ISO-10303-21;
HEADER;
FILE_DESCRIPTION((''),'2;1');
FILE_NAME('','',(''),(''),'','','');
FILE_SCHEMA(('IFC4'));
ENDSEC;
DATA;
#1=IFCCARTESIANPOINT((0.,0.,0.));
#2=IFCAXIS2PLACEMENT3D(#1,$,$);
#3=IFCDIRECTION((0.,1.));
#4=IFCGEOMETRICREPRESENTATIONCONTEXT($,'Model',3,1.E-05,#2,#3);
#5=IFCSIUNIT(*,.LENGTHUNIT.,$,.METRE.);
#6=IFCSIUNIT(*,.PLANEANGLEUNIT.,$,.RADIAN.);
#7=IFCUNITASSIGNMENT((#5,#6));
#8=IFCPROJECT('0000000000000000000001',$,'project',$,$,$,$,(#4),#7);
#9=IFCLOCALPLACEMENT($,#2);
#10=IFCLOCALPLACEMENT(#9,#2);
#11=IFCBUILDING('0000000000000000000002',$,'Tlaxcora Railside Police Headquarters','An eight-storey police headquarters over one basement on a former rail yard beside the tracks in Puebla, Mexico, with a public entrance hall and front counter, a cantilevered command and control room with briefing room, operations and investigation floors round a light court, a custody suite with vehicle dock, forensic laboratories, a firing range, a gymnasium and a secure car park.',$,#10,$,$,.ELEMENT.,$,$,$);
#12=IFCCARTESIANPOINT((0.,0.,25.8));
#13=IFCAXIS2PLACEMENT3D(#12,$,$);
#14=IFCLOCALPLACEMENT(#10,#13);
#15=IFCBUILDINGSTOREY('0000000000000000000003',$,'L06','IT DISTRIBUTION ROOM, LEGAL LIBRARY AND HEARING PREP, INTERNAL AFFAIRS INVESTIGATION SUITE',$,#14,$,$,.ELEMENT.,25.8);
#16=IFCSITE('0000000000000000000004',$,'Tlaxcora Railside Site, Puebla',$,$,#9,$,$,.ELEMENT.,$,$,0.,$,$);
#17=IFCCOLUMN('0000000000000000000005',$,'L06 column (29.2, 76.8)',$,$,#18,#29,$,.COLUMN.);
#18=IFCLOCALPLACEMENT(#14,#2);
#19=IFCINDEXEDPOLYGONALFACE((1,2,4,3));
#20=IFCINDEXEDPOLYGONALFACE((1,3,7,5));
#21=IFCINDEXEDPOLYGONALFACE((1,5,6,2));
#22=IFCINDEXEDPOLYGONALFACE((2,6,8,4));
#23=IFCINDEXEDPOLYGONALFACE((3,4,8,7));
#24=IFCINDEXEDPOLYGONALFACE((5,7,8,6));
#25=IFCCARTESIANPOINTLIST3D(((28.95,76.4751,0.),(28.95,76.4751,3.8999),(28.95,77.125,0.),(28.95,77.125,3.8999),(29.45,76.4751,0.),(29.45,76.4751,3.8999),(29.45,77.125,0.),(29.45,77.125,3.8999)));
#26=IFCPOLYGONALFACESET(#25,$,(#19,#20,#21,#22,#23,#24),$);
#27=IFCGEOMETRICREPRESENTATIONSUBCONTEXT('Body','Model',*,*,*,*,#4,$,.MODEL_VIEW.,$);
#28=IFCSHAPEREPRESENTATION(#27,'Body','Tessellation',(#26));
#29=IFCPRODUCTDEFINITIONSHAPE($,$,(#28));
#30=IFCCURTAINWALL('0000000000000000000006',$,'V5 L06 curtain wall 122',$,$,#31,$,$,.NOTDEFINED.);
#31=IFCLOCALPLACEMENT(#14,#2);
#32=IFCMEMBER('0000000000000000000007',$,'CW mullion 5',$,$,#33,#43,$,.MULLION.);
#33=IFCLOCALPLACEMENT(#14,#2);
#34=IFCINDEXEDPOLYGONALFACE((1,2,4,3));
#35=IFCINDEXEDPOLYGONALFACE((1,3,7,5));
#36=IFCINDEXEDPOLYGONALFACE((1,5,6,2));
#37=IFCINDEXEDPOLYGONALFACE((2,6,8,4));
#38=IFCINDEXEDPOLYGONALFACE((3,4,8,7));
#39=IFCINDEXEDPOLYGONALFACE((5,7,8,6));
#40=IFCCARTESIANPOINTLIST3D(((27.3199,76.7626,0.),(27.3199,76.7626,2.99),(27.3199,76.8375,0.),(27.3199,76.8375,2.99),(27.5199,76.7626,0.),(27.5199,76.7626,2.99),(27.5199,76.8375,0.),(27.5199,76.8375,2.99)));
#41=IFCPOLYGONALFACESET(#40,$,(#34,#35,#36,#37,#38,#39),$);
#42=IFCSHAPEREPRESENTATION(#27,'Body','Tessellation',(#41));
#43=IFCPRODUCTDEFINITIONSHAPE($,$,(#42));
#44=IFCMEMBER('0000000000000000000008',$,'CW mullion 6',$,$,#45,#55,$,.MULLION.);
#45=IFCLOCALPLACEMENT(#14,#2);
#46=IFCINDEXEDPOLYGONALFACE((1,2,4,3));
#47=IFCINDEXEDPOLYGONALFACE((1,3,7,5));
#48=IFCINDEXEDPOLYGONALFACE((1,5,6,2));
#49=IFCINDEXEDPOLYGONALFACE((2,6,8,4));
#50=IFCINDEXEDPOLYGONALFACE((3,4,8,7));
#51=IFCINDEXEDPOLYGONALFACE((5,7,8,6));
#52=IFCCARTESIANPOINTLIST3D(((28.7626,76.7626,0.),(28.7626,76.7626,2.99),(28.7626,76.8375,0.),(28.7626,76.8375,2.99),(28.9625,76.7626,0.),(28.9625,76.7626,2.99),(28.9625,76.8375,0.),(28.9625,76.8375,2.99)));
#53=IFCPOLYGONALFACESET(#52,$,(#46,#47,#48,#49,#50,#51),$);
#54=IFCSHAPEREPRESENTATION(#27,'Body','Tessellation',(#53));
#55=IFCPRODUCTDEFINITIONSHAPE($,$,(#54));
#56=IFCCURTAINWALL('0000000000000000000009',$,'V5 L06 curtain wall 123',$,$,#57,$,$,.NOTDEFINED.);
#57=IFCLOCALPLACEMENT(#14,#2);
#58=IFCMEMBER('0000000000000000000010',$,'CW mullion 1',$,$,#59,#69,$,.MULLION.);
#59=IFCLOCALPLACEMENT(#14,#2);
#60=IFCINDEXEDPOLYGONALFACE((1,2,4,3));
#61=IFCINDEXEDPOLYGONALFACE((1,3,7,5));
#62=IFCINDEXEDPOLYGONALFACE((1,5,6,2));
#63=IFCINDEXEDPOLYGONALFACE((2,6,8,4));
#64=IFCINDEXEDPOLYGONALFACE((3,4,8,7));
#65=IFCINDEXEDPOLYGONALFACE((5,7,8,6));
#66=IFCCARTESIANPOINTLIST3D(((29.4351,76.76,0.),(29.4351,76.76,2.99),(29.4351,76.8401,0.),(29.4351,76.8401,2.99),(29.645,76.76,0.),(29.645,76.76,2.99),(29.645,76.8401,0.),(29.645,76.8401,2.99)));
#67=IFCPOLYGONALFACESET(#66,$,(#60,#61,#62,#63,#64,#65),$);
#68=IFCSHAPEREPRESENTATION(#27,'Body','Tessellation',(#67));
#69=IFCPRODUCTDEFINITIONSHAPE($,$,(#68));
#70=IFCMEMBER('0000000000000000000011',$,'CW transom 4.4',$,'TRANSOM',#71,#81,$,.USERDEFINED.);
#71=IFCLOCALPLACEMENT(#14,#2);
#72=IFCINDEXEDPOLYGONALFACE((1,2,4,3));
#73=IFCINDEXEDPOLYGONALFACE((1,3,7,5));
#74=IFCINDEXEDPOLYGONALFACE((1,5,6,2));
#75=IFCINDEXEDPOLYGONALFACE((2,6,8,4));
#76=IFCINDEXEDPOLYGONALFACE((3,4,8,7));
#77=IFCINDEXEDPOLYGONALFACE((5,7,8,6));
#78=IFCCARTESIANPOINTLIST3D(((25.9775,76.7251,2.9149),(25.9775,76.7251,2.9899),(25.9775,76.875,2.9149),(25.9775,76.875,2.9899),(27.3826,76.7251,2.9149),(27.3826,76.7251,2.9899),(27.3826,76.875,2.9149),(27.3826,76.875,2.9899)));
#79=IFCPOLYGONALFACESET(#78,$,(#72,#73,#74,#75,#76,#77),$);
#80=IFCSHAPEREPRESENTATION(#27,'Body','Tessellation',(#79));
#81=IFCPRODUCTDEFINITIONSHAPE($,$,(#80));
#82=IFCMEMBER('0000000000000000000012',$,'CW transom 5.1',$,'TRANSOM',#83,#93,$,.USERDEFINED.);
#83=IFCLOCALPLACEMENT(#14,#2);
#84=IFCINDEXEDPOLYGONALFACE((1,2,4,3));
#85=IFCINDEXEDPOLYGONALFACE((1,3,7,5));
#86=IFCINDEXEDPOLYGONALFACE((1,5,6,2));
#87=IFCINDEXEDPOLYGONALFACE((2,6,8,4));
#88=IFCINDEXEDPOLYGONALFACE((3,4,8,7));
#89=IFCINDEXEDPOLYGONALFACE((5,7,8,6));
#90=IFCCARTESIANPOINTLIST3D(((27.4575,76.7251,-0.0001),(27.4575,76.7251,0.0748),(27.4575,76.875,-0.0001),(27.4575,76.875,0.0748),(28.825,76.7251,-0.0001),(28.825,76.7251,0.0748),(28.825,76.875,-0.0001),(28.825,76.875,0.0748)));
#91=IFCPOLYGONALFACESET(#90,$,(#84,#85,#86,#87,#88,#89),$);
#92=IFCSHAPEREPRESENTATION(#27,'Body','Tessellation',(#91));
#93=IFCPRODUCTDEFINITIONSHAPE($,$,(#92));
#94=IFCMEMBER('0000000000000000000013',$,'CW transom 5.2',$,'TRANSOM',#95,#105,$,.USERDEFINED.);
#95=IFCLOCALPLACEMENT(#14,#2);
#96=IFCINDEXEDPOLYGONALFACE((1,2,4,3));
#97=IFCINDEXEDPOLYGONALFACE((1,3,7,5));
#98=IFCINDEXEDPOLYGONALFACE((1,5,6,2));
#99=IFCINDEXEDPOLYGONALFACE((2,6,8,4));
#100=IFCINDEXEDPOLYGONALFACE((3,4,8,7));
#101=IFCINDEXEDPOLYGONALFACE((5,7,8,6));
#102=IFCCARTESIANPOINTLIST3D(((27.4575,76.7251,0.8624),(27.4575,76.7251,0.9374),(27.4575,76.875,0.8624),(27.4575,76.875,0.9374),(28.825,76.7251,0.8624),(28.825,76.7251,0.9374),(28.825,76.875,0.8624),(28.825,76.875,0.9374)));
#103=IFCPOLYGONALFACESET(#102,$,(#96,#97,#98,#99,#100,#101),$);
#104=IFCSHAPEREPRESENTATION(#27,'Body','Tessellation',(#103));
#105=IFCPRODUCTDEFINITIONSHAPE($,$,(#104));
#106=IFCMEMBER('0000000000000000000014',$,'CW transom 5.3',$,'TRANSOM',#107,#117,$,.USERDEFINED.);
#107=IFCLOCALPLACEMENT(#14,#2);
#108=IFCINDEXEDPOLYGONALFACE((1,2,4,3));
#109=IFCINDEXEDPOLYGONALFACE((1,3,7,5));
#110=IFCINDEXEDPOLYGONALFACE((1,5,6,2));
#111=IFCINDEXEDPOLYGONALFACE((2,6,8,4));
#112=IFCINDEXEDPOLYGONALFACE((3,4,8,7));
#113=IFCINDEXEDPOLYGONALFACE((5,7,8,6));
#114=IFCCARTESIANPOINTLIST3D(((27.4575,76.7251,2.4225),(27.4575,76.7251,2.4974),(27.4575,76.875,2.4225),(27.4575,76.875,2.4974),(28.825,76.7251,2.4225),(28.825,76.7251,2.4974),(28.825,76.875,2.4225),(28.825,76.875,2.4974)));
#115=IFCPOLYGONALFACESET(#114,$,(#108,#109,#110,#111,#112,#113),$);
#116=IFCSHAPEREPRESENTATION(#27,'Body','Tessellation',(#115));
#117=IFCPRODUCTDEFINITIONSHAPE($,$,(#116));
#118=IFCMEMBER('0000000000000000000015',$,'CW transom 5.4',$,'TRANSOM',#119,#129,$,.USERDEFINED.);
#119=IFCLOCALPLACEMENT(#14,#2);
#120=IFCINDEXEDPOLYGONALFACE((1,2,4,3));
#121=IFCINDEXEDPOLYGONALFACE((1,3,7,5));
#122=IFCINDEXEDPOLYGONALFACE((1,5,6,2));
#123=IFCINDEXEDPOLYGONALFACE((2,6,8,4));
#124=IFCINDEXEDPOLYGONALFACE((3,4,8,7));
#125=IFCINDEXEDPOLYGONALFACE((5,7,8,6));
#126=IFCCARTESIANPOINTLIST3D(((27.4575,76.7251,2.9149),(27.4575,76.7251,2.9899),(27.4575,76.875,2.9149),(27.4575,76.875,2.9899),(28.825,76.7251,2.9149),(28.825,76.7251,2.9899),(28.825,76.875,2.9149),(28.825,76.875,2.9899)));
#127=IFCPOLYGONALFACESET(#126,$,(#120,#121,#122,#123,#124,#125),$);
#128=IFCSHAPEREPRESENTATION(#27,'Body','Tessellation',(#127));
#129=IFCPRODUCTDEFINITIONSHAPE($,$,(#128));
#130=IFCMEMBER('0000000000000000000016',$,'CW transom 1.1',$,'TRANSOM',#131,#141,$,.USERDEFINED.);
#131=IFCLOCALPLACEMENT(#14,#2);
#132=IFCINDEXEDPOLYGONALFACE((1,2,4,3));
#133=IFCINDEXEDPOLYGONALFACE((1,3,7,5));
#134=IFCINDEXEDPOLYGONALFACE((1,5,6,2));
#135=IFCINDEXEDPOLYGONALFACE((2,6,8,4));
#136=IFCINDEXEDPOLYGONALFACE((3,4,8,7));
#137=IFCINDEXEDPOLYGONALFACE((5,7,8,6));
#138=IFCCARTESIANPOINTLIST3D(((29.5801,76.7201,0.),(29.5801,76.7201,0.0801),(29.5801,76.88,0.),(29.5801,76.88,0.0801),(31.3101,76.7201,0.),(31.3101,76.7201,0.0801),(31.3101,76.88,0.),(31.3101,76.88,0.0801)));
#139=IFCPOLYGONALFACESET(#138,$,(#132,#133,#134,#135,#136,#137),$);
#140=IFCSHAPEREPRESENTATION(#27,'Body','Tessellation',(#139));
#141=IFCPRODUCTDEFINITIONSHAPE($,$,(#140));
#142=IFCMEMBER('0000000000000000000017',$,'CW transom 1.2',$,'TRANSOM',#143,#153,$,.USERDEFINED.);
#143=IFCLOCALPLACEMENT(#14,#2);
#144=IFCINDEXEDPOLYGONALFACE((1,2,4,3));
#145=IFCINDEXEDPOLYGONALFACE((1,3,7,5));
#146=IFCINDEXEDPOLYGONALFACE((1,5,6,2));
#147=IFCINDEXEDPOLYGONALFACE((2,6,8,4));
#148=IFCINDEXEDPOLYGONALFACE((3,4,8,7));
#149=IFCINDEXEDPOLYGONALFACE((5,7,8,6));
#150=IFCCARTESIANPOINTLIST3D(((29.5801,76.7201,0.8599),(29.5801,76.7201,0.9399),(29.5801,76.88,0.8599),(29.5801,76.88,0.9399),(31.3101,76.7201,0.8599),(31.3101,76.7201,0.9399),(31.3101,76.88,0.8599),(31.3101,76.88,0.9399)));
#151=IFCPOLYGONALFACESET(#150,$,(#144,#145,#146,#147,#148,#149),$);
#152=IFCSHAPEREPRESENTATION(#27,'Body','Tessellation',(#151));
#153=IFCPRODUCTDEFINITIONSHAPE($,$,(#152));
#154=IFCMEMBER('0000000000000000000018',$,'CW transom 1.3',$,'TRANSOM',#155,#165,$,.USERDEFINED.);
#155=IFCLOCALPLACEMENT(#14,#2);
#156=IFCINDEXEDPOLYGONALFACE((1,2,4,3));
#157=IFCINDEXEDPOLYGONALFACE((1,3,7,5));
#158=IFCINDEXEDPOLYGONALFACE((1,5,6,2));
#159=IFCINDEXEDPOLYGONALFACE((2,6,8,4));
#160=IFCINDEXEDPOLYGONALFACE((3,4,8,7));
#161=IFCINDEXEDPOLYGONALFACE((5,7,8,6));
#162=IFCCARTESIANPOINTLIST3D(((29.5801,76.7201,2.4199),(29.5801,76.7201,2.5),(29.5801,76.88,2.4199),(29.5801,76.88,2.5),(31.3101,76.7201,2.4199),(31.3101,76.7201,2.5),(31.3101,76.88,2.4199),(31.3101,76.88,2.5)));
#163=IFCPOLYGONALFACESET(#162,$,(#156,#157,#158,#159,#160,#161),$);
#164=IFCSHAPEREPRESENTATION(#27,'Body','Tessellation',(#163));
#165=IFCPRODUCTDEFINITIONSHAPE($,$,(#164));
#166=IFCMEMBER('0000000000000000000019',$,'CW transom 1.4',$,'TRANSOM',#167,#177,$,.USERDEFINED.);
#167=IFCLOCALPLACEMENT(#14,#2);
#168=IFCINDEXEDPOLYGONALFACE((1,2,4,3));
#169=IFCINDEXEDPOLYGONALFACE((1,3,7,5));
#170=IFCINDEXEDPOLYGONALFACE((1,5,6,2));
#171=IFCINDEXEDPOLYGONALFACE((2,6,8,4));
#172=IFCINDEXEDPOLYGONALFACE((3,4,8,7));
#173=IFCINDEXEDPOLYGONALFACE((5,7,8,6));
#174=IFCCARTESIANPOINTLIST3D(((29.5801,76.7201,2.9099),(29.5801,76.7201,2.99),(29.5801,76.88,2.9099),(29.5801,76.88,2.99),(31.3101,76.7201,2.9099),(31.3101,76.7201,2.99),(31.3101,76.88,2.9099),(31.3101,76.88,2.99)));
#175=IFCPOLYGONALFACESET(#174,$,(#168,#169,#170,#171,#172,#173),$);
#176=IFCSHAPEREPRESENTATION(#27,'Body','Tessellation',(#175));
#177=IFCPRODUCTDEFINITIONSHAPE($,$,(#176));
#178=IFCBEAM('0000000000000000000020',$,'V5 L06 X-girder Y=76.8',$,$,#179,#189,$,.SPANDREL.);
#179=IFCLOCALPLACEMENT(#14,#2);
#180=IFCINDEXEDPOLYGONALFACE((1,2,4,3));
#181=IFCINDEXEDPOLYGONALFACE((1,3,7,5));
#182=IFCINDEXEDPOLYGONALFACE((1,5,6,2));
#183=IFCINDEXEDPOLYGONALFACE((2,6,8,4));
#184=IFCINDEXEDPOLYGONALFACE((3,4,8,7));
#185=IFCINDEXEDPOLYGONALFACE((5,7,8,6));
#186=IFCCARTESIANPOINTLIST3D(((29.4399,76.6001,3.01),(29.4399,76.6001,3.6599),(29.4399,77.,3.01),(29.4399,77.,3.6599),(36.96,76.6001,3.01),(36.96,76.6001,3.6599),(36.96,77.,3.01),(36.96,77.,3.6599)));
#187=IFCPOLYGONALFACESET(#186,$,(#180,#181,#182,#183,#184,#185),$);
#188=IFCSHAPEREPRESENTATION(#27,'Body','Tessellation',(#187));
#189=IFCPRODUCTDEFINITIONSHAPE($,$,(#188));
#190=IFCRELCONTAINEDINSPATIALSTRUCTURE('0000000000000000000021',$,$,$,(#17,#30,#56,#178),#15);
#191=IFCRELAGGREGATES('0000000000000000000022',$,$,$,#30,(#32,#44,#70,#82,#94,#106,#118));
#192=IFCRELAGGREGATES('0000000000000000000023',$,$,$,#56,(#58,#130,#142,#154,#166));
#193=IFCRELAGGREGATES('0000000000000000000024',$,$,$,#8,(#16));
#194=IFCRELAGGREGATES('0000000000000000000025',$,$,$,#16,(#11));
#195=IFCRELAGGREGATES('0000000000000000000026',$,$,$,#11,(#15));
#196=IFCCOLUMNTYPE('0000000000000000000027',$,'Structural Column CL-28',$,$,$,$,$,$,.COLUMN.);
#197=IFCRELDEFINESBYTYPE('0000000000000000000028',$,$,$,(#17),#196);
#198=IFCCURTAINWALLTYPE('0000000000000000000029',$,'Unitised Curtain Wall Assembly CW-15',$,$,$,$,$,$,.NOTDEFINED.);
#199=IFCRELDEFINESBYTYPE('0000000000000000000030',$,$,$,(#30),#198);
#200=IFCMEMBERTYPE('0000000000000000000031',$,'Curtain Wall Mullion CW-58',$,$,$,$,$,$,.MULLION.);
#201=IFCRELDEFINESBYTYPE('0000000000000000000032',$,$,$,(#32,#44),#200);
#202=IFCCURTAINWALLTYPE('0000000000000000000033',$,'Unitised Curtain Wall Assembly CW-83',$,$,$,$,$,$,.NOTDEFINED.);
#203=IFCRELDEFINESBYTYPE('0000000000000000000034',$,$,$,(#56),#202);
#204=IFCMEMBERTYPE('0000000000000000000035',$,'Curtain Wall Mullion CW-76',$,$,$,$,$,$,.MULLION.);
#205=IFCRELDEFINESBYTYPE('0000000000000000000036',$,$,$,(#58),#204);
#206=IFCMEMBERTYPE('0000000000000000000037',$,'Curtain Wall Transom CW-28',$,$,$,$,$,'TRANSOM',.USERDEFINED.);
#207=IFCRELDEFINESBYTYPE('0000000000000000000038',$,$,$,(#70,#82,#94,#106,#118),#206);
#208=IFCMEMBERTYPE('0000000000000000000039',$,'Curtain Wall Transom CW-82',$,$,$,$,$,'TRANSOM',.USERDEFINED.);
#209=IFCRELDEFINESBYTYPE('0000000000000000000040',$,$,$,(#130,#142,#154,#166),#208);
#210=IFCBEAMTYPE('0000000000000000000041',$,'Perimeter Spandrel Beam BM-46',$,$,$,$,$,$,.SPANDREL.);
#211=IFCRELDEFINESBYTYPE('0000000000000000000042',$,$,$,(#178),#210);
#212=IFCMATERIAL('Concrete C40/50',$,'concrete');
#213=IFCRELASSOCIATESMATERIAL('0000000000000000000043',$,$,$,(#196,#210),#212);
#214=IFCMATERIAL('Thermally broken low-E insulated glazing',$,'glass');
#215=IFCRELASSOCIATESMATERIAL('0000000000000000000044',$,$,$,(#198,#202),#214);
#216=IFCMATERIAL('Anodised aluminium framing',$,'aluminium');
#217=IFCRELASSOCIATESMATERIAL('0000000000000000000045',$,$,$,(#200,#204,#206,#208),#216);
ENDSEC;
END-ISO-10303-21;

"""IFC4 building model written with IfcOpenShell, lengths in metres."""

from ifc_helpers import new_model, si_unit, direction, frame, origin, origin_2d, place, context, subcontext, project, spatial, rectangle, extrude, material, material_profile, profile_set, type_object, element, aggregate, save


model = new_model("IFC4")

# Units and contexts
model_context = context("Model", 3, precision=1e-05, world=origin(), true_north=direction((0.0, 1.0)))
body_context = subcontext(model_context, "Body", "Model", "MODEL_VIEW")
ifc_project = project(units=[si_unit("LENGTHUNIT", "METRE"), si_unit("PLANEANGLEUNIT", "RADIAN")], contexts=[model_context])

# Site, building, storey
site_placement = place(None, origin())
site = spatial("IfcSite", under=ifc_project, at=site_placement, Name="Tlaxcora Railside Site, Puebla", CompositionType="ELEMENT", RefElevation=0.0)
building_placement = place(site_placement, origin())
building = spatial("IfcBuilding", under=site, at=building_placement, Name="Tlaxcora Railside Police Headquarters", Description="An eight-storey police headquarters over one basement on a former rail yard beside the tracks in Puebla, Mexico, with a public entrance hall and front counter, a cantilevered command and control room with briefing room, operations and investigation floors round a light court, a custody suite with vehicle dock, forensic laboratories, a firing range, a gymnasium and a secure car park.", CompositionType="ELEMENT")
storey_placement = place(building_placement, frame((0.0, 0.0, 25.8)))
storey = spatial("IfcBuildingStorey", under=building, at=storey_placement, Name="L06", Description="IT DISTRIBUTION ROOM, LEGAL LIBRARY AND HEARING PREP, INTERNAL AFFAIRS INVESTIGATION SUITE", CompositionType="ELEMENT", Elevation=25.8)

# Column
ifc_material_1 = material(Name="Concrete C40/50", Category="concrete")
ifc_material_profile_1 = material_profile(ifc_material_1, rectangle(XDim=0.5, YDim=0.6499, at=origin_2d()), Name="RC500X650")
ifc_profile_set_1 = profile_set([ifc_material_profile_1], Name="Concrete C40/50")
column_type = type_object("IfcColumnType", Name="Structural Column CL-28", PredefinedType="COLUMN", material=ifc_profile_set_1)
column_placement = place(storey_placement, frame((29.2, 76.8, 0.0), z_axis=(0.0, 0.0, 1.0), x_axis=(1.0, 0.0, 0.0)))
element("IfcColumn", 1, at=column_placement, inside=storey, type_object=column_type, Name="L06 column (29.2, 76.8)", PredefinedType="COLUMN", context=body_context, shape_type="SweptSolid", body=[
    extrude(rectangle(XDim=0.5, YDim=0.6499, at=origin_2d()), origin(), (0.0, 0.0, 1.0), 3.8999),
])

# Curtain wall, members
ifc_material_2 = material(Name="Thermally broken low-E insulated glazing", Category="glass")
curtain_wall_type_1 = type_object("IfcCurtainWallType", Name="Unitised Curtain Wall Assembly CW-15", PredefinedType="NOTDEFINED", material=ifc_material_2)
curtain_wall_1_placement = place(storey_placement, origin())
curtain_wall_1 = element("IfcCurtainWall", 2, at=curtain_wall_1_placement, inside=storey, type_object=curtain_wall_type_1, Name="V5 L06 curtain wall 122", PredefinedType="NOTDEFINED")
ifc_material_3 = material(Name="Anodised aluminium framing", Category="aluminium")
ifc_material_profile_2 = material_profile(ifc_material_3, rectangle(XDim=0.075, YDim=0.2, at=origin_2d()), Name="AL75X200")
ifc_profile_set_2 = profile_set([ifc_material_profile_2], Name="Anodised aluminium framing")
member_type_1 = type_object("IfcMemberType", Name="Curtain Wall Mullion CW-58", PredefinedType="MULLION", material=ifc_profile_set_2)
member_1_placement = place(storey_placement, frame((27.4199, 76.8, 0.0), z_axis=(0.0, 0.0, 1.0), x_axis=(0.0, 1.0, 0.0)))
member_1 = element("IfcMember", 3, at=member_1_placement, type_object=member_type_1, Name="CW mullion 5", PredefinedType="MULLION", context=body_context, shape_type="SweptSolid", body=[
    extrude(rectangle(XDim=0.075, YDim=0.2, at=origin_2d()), origin(), (0.0, 0.0, 1.0), 2.99),
])
member_2_placement = place(storey_placement, frame((28.8625, 76.8, 0.0), z_axis=(0.0, 0.0, 1.0), x_axis=(0.0, 1.0, 0.0)))
member_2 = element("IfcMember", 4, at=member_2_placement, type_object=member_type_1, Name="CW mullion 6", PredefinedType="MULLION", context=body_context, shape_type="SweptSolid", body=[
    extrude(rectangle(XDim=0.075, YDim=0.2, at=origin_2d()), origin(), (0.0, 0.0, 1.0), 2.99),
])

# Curtain wall, member
curtain_wall_type_2 = type_object("IfcCurtainWallType", Name="Unitised Curtain Wall Assembly CW-83", PredefinedType="NOTDEFINED", material=ifc_material_2)
curtain_wall_2_placement = place(storey_placement, origin())
curtain_wall_2 = element("IfcCurtainWall", 5, at=curtain_wall_2_placement, inside=storey, type_object=curtain_wall_type_2, Name="V5 L06 curtain wall 123", PredefinedType="NOTDEFINED")
ifc_material_profile_3 = material_profile(ifc_material_3, rectangle(XDim=0.0801, YDim=0.21, at=origin_2d()), Name="AL80X210")
ifc_profile_set_3 = profile_set([ifc_material_profile_3], Name="Anodised aluminium framing")
member_type_2 = type_object("IfcMemberType", Name="Curtain Wall Mullion CW-76", PredefinedType="MULLION", material=ifc_profile_set_3)
member_3_placement = place(storey_placement, frame((29.54, 76.8, 0.0), z_axis=(0.0, 0.0, 1.0), x_axis=(0.0, 1.0, 0.0)))
member_3 = element("IfcMember", 6, at=member_3_placement, type_object=member_type_2, Name="CW mullion 1", PredefinedType="MULLION", context=body_context, shape_type="SweptSolid", body=[
    extrude(rectangle(XDim=0.0801, YDim=0.21, at=origin_2d()), origin(), (0.0, 0.0, 1.0), 2.99),
])

# Members
ifc_material_profile_4 = material_profile(ifc_material_3, rectangle(XDim=0.1499, YDim=0.075, at=origin_2d()), Name="AL75X150")
ifc_profile_set_4 = profile_set([ifc_material_profile_4], Name="Anodised aluminium framing")
member_type_3 = type_object("IfcMemberType", Name="Curtain Wall Transom CW-28", ElementType="TRANSOM", PredefinedType="USERDEFINED", material=ifc_profile_set_4)
member_4_placement = place(storey_placement, frame((25.9775, 76.8, 2.9524), z_axis=(1.0, 0.0, 0.0), x_axis=(0.0, 1.0, 0.0)))
member_4 = element("IfcMember", 7, at=member_4_placement, type_object=member_type_3, Name="CW transom 4.4", ObjectType="TRANSOM", PredefinedType="USERDEFINED", context=body_context, shape_type="SweptSolid", body=[
    extrude(rectangle(XDim=0.1499, YDim=0.075, at=origin_2d()), origin(), (0.0, 0.0, 1.0), 1.405),
])
member_5_placement = place(storey_placement, frame((27.4575, 76.8, 0.0374), z_axis=(1.0, 0.0, 0.0), x_axis=(0.0, 1.0, 0.0)))
member_5 = element("IfcMember", 8, at=member_5_placement, type_object=member_type_3, Name="CW transom 5.1", ObjectType="TRANSOM", PredefinedType="USERDEFINED", context=body_context, shape_type="SweptSolid", body=[
    extrude(rectangle(XDim=0.1499, YDim=0.075, at=origin_2d()), origin(), (0.0, 0.0, 1.0), 1.3674),
])
member_6_placement = place(storey_placement, frame((27.4575, 76.8, 0.8999), z_axis=(1.0, 0.0, 0.0), x_axis=(0.0, 1.0, 0.0)))
member_6 = element("IfcMember", 9, at=member_6_placement, type_object=member_type_3, Name="CW transom 5.2", ObjectType="TRANSOM", PredefinedType="USERDEFINED", context=body_context, shape_type="SweptSolid", body=[
    extrude(rectangle(XDim=0.1499, YDim=0.075, at=origin_2d()), origin(), (0.0, 0.0, 1.0), 1.3674),
])
member_7_placement = place(storey_placement, frame((27.4575, 76.8, 2.46), z_axis=(1.0, 0.0, 0.0), x_axis=(0.0, 1.0, 0.0)))
member_7 = element("IfcMember", 10, at=member_7_placement, type_object=member_type_3, Name="CW transom 5.3", ObjectType="TRANSOM", PredefinedType="USERDEFINED", context=body_context, shape_type="SweptSolid", body=[
    extrude(rectangle(XDim=0.1499, YDim=0.075, at=origin_2d()), origin(), (0.0, 0.0, 1.0), 1.3674),
])
member_8_placement = place(storey_placement, frame((27.4575, 76.8, 2.9524), z_axis=(1.0, 0.0, 0.0), x_axis=(0.0, 1.0, 0.0)))
member_8 = element("IfcMember", 11, at=member_8_placement, type_object=member_type_3, Name="CW transom 5.4", ObjectType="TRANSOM", PredefinedType="USERDEFINED", context=body_context, shape_type="SweptSolid", body=[
    extrude(rectangle(XDim=0.1499, YDim=0.075, at=origin_2d()), origin(), (0.0, 0.0, 1.0), 1.3674),
])
ifc_material_profile_5 = material_profile(ifc_material_3, rectangle(XDim=0.1599, YDim=0.0801, at=origin_2d()), Name="AL80X160")
ifc_profile_set_5 = profile_set([ifc_material_profile_5], Name="Anodised aluminium framing")
member_type_4 = type_object("IfcMemberType", Name="Curtain Wall Transom CW-82", ElementType="TRANSOM", PredefinedType="USERDEFINED", material=ifc_profile_set_5)
member_9_placement = place(storey_placement, frame((29.5801, 76.8, 0.04), z_axis=(1.0, 0.0, 0.0), x_axis=(0.0, 1.0, 0.0)))
member_9 = element("IfcMember", 12, at=member_9_placement, type_object=member_type_4, Name="CW transom 1.1", ObjectType="TRANSOM", PredefinedType="USERDEFINED", context=body_context, shape_type="SweptSolid", body=[
    extrude(rectangle(XDim=0.1599, YDim=0.0801, at=origin_2d()), origin(), (0.0, 0.0, 1.0), 1.73),
])
member_10_placement = place(storey_placement, frame((29.5801, 76.8, 0.8999), z_axis=(1.0, 0.0, 0.0), x_axis=(0.0, 1.0, 0.0)))
member_10 = element("IfcMember", 13, at=member_10_placement, type_object=member_type_4, Name="CW transom 1.2", ObjectType="TRANSOM", PredefinedType="USERDEFINED", context=body_context, shape_type="SweptSolid", body=[
    extrude(rectangle(XDim=0.1599, YDim=0.0801, at=origin_2d()), origin(), (0.0, 0.0, 1.0), 1.73),
])
member_11_placement = place(storey_placement, frame((29.5801, 76.8, 2.46), z_axis=(1.0, 0.0, 0.0), x_axis=(0.0, 1.0, 0.0)))
member_11 = element("IfcMember", 14, at=member_11_placement, type_object=member_type_4, Name="CW transom 1.3", ObjectType="TRANSOM", PredefinedType="USERDEFINED", context=body_context, shape_type="SweptSolid", body=[
    extrude(rectangle(XDim=0.1599, YDim=0.0801, at=origin_2d()), origin(), (0.0, 0.0, 1.0), 1.73),
])
member_12_placement = place(storey_placement, frame((29.5801, 76.8, 2.95), z_axis=(1.0, 0.0, 0.0), x_axis=(0.0, 1.0, 0.0)))
member_12 = element("IfcMember", 15, at=member_12_placement, type_object=member_type_4, Name="CW transom 1.4", ObjectType="TRANSOM", PredefinedType="USERDEFINED", context=body_context, shape_type="SweptSolid", body=[
    extrude(rectangle(XDim=0.1599, YDim=0.0801, at=origin_2d()), origin(), (0.0, 0.0, 1.0), 1.73),
])

# Beam
ifc_material_profile_6 = material_profile(ifc_material_1, rectangle(XDim=0.3999, YDim=0.6499, at=origin_2d()), Name="RC400X650")
ifc_profile_set_6 = profile_set([ifc_material_profile_6], Name="Concrete C40/50")
beam_type = type_object("IfcBeamType", Name="Perimeter Spandrel Beam BM-46", PredefinedType="SPANDREL", material=ifc_profile_set_6)
beam_placement = place(storey_placement, frame((29.4399, 76.8, 3.335), z_axis=(1.0, 0.0, 0.0), x_axis=(0.0, 1.0, 0.0)))
element("IfcBeam", 16, at=beam_placement, inside=storey, type_object=beam_type, Name="V5 L06 X-girder Y=76.8", PredefinedType="SPANDREL", context=body_context, shape_type="SweptSolid", body=[
    extrude(rectangle(XDim=0.3999, YDim=0.6499, at=origin_2d()), origin(), (0.0, 0.0, 1.0), 7.52),
])

aggregate(curtain_wall_1, [member_1, member_2, member_4, member_5, member_6, member_7, member_8])
aggregate(curtain_wall_2, [member_3, member_9, member_10, member_11, member_12])

save(model, "model.ifc")
